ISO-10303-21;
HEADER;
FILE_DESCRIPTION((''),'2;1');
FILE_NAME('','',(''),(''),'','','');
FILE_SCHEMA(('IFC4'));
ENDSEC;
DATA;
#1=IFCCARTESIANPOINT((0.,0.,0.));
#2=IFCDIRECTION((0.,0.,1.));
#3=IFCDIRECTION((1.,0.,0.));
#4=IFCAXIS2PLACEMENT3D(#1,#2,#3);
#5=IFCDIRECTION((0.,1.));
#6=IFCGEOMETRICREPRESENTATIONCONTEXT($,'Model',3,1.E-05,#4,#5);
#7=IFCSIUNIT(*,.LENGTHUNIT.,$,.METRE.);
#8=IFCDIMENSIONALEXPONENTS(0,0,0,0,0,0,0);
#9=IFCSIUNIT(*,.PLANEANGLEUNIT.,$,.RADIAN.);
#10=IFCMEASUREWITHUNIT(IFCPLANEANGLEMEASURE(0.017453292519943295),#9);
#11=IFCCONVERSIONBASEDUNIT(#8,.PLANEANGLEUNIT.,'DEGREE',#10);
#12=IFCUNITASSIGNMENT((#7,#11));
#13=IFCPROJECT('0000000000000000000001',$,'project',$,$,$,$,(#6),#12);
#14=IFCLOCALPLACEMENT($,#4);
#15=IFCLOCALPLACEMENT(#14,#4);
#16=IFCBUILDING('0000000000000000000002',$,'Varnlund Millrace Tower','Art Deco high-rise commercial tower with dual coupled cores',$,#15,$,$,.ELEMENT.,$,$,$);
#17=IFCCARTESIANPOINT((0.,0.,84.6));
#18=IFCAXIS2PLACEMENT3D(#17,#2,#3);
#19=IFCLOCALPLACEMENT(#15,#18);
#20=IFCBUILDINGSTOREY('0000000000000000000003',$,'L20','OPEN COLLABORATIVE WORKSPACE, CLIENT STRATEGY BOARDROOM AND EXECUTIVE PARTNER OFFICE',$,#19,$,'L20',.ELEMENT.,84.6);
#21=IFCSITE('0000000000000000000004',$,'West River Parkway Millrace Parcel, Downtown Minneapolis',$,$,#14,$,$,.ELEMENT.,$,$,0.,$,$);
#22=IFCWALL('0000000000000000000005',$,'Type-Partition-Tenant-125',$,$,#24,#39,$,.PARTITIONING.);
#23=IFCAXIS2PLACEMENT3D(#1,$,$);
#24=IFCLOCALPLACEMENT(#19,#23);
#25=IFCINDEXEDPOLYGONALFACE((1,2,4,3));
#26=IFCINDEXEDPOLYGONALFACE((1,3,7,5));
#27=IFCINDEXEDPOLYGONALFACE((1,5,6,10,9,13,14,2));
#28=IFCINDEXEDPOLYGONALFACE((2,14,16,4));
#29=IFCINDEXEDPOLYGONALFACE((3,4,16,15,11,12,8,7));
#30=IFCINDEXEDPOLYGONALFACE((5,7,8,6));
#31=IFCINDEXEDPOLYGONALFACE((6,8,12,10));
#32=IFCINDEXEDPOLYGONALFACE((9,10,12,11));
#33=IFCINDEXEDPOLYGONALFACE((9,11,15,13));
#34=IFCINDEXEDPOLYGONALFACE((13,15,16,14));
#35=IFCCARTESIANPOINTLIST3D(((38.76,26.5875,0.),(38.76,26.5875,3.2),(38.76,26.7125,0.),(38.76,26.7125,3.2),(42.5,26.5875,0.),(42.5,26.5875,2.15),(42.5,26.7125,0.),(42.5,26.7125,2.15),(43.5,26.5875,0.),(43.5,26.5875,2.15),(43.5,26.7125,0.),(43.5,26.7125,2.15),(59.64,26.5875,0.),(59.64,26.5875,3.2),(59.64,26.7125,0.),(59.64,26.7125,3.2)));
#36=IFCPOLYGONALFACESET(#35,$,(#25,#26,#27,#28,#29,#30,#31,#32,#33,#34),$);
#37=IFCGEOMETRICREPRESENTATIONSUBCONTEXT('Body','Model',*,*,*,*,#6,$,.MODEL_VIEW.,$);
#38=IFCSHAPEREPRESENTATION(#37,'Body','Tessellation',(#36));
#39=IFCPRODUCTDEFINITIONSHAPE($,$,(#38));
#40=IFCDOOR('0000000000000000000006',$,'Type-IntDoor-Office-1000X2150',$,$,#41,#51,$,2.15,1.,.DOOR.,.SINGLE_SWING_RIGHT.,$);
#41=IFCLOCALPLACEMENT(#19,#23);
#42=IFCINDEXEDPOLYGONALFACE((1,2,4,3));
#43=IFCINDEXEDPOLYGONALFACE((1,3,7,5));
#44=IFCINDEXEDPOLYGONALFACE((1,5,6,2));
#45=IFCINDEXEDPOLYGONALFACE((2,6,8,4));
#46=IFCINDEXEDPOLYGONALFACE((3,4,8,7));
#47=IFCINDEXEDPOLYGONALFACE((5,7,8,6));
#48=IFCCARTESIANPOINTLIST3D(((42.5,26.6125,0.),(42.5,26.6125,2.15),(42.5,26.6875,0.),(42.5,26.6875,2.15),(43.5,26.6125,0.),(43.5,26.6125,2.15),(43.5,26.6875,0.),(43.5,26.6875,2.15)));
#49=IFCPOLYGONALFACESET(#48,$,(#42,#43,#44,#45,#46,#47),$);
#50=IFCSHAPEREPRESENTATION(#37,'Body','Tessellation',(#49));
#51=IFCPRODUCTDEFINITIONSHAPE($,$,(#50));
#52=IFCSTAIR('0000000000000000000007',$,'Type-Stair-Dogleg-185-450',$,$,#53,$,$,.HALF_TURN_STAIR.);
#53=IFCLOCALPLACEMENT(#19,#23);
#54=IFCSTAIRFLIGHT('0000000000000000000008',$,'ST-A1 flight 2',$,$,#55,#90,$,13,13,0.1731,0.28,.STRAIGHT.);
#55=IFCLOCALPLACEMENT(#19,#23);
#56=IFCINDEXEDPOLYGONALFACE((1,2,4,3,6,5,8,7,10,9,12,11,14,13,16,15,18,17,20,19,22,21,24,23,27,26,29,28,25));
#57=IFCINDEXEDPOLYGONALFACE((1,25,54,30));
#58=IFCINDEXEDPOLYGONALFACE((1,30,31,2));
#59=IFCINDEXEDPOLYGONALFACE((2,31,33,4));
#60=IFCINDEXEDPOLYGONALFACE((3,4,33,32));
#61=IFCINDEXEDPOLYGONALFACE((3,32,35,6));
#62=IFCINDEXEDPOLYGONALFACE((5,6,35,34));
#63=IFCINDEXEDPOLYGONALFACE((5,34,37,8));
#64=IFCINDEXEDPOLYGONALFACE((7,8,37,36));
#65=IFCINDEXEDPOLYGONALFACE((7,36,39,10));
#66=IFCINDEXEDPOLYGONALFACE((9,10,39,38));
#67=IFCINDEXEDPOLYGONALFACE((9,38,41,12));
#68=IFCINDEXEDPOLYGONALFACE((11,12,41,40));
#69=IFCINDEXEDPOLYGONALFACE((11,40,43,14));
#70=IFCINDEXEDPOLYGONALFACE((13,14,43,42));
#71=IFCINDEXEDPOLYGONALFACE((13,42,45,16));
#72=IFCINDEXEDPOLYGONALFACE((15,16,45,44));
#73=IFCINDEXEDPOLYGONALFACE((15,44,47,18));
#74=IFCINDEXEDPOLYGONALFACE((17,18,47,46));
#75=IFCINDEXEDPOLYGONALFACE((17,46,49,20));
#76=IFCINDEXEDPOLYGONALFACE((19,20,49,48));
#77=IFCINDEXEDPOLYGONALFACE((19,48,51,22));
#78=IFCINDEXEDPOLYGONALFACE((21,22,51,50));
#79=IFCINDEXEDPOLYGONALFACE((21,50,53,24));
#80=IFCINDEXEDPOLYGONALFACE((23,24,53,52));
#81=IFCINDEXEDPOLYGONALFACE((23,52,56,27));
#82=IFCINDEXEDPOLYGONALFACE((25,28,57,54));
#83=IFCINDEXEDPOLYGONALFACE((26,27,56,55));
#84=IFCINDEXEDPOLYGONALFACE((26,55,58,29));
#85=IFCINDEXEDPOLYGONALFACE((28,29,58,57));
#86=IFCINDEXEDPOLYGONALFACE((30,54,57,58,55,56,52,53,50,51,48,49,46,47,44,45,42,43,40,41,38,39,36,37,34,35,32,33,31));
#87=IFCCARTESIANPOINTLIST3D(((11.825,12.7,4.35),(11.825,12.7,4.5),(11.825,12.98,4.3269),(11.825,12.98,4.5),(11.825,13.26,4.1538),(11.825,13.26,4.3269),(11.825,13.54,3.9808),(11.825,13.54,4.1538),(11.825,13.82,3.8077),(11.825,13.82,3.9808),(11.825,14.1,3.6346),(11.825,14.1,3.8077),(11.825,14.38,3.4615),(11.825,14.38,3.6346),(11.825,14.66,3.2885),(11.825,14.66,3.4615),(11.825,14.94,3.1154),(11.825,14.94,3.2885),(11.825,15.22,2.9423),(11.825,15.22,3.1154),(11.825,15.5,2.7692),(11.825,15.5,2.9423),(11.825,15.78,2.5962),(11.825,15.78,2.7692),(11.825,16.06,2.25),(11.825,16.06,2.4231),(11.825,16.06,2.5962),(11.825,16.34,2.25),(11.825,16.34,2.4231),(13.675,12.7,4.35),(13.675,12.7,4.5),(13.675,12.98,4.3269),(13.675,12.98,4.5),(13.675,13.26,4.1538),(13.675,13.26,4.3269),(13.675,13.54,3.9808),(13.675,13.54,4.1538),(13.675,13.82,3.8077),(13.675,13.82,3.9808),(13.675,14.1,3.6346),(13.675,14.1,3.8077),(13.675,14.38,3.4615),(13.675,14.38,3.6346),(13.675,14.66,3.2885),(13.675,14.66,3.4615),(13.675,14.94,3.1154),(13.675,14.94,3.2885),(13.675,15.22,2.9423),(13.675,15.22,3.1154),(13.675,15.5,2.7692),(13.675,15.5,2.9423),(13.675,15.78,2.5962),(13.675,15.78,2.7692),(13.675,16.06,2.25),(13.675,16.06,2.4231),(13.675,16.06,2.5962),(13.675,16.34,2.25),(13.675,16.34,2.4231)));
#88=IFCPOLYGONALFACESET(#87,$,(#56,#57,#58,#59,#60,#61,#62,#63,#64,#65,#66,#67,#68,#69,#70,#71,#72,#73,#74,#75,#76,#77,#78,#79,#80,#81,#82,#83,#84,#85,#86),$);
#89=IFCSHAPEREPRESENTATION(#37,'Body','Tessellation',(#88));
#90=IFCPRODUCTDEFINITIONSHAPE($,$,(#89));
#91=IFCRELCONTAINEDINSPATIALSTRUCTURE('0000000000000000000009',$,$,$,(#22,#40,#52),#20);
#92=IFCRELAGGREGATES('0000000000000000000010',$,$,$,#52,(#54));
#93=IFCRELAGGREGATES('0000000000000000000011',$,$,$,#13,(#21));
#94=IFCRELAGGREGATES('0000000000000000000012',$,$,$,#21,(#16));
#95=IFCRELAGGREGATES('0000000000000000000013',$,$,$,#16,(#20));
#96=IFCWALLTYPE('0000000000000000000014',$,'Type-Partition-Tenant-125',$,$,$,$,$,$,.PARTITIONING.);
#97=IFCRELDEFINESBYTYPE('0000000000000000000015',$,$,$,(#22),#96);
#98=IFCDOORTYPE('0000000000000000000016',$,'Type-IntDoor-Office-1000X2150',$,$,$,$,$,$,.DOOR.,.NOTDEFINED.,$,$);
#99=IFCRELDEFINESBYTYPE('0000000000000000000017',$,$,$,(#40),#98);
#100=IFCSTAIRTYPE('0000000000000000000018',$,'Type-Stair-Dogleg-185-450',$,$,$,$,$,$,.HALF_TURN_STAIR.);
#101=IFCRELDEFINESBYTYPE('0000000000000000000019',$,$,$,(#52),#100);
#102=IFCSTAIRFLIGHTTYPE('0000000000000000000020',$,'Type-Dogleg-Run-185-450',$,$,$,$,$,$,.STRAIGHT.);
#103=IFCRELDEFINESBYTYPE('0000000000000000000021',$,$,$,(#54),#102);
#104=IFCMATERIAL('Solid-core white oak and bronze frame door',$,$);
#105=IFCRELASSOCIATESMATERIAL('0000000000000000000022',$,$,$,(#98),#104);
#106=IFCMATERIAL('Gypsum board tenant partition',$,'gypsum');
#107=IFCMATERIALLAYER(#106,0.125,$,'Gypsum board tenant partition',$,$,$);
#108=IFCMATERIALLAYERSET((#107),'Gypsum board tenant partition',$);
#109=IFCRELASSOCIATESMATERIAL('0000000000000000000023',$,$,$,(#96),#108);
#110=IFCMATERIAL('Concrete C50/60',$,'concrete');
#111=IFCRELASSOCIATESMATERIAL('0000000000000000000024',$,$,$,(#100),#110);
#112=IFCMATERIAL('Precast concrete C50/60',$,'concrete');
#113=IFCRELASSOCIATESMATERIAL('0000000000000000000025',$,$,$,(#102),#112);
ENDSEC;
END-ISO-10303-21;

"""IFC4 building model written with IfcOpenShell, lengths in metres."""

from ifc_helpers import new_model, entity, si_unit, converted_unit, direction, frame, origin_with_axes, origin_2d_with_axis, place, context, subcontext, project, spatial, polyline, rectangle, outline, extrude, material, layer, layer_set, type_object, element, fill, aggregate, save


model = new_model("IFC4")

# Units and contexts
model_context = context("Model", 3, precision=1e-05, world=origin_with_axes(), true_north=direction((0.0, 1.0)))
body_context = subcontext(model_context, "Body", "Model", "MODEL_VIEW")
ifc_project = project(units=[si_unit("LENGTHUNIT", "METRE"), converted_unit("PLANEANGLEUNIT", "DEGREE", entity("IfcPlaneAngleMeasure", 0.017453292519943295), si_unit("PLANEANGLEUNIT", "RADIAN"), dimensions=[0, 0, 0, 0, 0, 0, 0])], contexts=[model_context])

# Site, building, storey
site_placement = place(None, origin_with_axes())
site = spatial("IfcSite", under=ifc_project, at=site_placement, Name="West River Parkway Millrace Parcel, Downtown Minneapolis", CompositionType="ELEMENT", RefElevation=0.0)
building_placement = place(site_placement, origin_with_axes())
building = spatial("IfcBuilding", under=site, at=building_placement, Name="Varnlund Millrace Tower", Description="Art Deco high-rise commercial tower with dual coupled cores", CompositionType="ELEMENT")
storey_placement = place(building_placement, frame((0.0, 0.0, 84.6), z_axis=(0.0, 0.0, 1.0), x_axis=(1.0, 0.0, 0.0)))
storey = spatial("IfcBuildingStorey", under=building, at=storey_placement, Name="L20", Description="OPEN COLLABORATIVE WORKSPACE, CLIENT STRATEGY BOARDROOM AND EXECUTIVE PARTNER OFFICE", LongName="L20", CompositionType="ELEMENT", Elevation=84.6)

# Shared definitions
ifc_material_1 = material(Name="Precast concrete C50/60", Category="concrete")

# Shared definitions
ifc_material_2 = material(Name="Solid-core white oak and bronze frame door")
door_type = type_object("IfcDoorType", Name="Type-IntDoor-Office-1000X2150", OperationType="NOTDEFINED", PredefinedType="DOOR", material=ifc_material_2)

# Wall, opening, door
ifc_material_3 = material(Name="Gypsum board tenant partition", Category="gypsum")
ifc_layer_1 = layer(ifc_material_3, 0.125, Name="Gypsum board tenant partition")
ifc_layer_set_1 = layer_set([ifc_layer_1], Name="Gypsum board tenant partition")
wall_type_1 = type_object("IfcWallType", Name="Type-Partition-Tenant-125", PredefinedType="PARTITIONING", material=ifc_layer_set_1)
wall_1_placement = place(storey_placement, frame((38.76, 26.65, 0.0), z_axis=(0.0, 0.0, 1.0), x_axis=(1.0, 0.0, 0.0)))
wall_1 = element("IfcWall", 1, at=wall_1_placement, inside=storey, type_object=wall_type_1, Name="Type-Partition-Tenant-125", PredefinedType="PARTITIONING", context=body_context, shape_type="SweptSolid", body=[
    extrude(outline(polyline([(0.0, -0.0625), (20.88, -0.0625), (20.88, 0.0625), (0.0, 0.0625), (0.0, -0.0625)])), origin_with_axes(), (0.0, 0.0, 1.0), 3.2),
])
opening_1_placement = place(wall_1_placement, frame((4.24, 0.0, 0.0), z_axis=(0.0, 0.0, 1.0), x_axis=(1.0, 0.0, 0.0)))
opening_1 = element("IfcOpeningElement", 2, at=opening_1_placement, cuts=wall_1, PredefinedType="OPENING", context=body_context, shape_type="SweptSolid", body=[
    extrude(rectangle(XDim=1.0, YDim=0.145, at=origin_2d_with_axis()), origin_with_axes(), (0.0, 0.0, 1.0), 2.15),
])
door_1_placement = place(wall_1_placement, frame((4.24, 0.0, 0.0), z_axis=(0.0, 0.0, 1.0), x_axis=(1.0, 0.0, 0.0)))
door_1 = element("IfcDoor", 3, at=door_1_placement, inside=storey, type_object=door_type, Name="Type-IntDoor-Office-1000X2150", OperationType="SINGLE_SWING_RIGHT", OverallHeight=2.15, OverallWidth=1.0, PredefinedType="DOOR", context=body_context, shape_type="SweptSolid", body=[
    extrude(rectangle(XDim=1.0, YDim=0.075, at=origin_2d_with_axis()), origin_with_axes(), (0.0, 0.0, 1.0), 2.15),
])
fill(opening_1, door_1)

# Stair, stair flight
ifc_material_4 = material(Name="Concrete C50/60", Category="concrete")
stair_type = type_object("IfcStairType", Name="Type-Stair-Dogleg-185-450", PredefinedType="HALF_TURN_STAIR", material=ifc_material_4)
stair_placement = place(storey_placement, origin_with_axes())
stair = element("IfcStair", 4, at=stair_placement, inside=storey, type_object=stair_type, Name="Type-Stair-Dogleg-185-450", PredefinedType="HALF_TURN_STAIR")
stair_flight_type = type_object("IfcStairFlightType", Name="Type-Dogleg-Run-185-450", PredefinedType="STRAIGHT", material=ifc_material_1)
stair_flight_placement = place(storey_placement, frame((13.675, 16.34, 2.25), z_axis=(-1.0, 0.0, 0.0), x_axis=(0.0, -1.0, 0.0)))
stair_flight = element("IfcStairFlight", 5, at=stair_flight_placement, type_object=stair_flight_type, Name="ST-A1 flight 2", NumberOfRisers=13, NumberOfTreads=13, PredefinedType="STRAIGHT", RiserHeight=0.1731, TreadLength=0.28, context=body_context, shape_type="SweptSolid", body=[
    extrude(outline(polyline([(0.0, 0.0), (0.0, 0.1731), (0.28, 0.1731), (0.28, 0.3462), (0.56, 0.3462), (0.56, 0.5192), (0.84, 0.5192), (0.84, 0.6923), (1.12, 0.6923), (1.12, 0.8654), (1.4, 0.8654), (1.4, 1.0385), (1.68, 1.0385), (1.68, 1.2115), (1.96, 1.2115), (1.96, 1.3846), (2.24, 1.3846), (2.24, 1.5577), (2.52, 1.5577), (2.52, 1.7308), (2.8, 1.7308), (2.8, 1.9038), (3.08, 1.9038), (3.08, 2.0769), (3.36, 2.0769), (3.36, 2.25), (3.64, 2.25), (3.64, 2.1), (0.28, 0.0), (0.0, 0.0)])), origin_with_axes(), (0.0, 0.0, 1.0), 1.85),
])
aggregate(stair, [stair_flight])

save(model, "model.ifc")
